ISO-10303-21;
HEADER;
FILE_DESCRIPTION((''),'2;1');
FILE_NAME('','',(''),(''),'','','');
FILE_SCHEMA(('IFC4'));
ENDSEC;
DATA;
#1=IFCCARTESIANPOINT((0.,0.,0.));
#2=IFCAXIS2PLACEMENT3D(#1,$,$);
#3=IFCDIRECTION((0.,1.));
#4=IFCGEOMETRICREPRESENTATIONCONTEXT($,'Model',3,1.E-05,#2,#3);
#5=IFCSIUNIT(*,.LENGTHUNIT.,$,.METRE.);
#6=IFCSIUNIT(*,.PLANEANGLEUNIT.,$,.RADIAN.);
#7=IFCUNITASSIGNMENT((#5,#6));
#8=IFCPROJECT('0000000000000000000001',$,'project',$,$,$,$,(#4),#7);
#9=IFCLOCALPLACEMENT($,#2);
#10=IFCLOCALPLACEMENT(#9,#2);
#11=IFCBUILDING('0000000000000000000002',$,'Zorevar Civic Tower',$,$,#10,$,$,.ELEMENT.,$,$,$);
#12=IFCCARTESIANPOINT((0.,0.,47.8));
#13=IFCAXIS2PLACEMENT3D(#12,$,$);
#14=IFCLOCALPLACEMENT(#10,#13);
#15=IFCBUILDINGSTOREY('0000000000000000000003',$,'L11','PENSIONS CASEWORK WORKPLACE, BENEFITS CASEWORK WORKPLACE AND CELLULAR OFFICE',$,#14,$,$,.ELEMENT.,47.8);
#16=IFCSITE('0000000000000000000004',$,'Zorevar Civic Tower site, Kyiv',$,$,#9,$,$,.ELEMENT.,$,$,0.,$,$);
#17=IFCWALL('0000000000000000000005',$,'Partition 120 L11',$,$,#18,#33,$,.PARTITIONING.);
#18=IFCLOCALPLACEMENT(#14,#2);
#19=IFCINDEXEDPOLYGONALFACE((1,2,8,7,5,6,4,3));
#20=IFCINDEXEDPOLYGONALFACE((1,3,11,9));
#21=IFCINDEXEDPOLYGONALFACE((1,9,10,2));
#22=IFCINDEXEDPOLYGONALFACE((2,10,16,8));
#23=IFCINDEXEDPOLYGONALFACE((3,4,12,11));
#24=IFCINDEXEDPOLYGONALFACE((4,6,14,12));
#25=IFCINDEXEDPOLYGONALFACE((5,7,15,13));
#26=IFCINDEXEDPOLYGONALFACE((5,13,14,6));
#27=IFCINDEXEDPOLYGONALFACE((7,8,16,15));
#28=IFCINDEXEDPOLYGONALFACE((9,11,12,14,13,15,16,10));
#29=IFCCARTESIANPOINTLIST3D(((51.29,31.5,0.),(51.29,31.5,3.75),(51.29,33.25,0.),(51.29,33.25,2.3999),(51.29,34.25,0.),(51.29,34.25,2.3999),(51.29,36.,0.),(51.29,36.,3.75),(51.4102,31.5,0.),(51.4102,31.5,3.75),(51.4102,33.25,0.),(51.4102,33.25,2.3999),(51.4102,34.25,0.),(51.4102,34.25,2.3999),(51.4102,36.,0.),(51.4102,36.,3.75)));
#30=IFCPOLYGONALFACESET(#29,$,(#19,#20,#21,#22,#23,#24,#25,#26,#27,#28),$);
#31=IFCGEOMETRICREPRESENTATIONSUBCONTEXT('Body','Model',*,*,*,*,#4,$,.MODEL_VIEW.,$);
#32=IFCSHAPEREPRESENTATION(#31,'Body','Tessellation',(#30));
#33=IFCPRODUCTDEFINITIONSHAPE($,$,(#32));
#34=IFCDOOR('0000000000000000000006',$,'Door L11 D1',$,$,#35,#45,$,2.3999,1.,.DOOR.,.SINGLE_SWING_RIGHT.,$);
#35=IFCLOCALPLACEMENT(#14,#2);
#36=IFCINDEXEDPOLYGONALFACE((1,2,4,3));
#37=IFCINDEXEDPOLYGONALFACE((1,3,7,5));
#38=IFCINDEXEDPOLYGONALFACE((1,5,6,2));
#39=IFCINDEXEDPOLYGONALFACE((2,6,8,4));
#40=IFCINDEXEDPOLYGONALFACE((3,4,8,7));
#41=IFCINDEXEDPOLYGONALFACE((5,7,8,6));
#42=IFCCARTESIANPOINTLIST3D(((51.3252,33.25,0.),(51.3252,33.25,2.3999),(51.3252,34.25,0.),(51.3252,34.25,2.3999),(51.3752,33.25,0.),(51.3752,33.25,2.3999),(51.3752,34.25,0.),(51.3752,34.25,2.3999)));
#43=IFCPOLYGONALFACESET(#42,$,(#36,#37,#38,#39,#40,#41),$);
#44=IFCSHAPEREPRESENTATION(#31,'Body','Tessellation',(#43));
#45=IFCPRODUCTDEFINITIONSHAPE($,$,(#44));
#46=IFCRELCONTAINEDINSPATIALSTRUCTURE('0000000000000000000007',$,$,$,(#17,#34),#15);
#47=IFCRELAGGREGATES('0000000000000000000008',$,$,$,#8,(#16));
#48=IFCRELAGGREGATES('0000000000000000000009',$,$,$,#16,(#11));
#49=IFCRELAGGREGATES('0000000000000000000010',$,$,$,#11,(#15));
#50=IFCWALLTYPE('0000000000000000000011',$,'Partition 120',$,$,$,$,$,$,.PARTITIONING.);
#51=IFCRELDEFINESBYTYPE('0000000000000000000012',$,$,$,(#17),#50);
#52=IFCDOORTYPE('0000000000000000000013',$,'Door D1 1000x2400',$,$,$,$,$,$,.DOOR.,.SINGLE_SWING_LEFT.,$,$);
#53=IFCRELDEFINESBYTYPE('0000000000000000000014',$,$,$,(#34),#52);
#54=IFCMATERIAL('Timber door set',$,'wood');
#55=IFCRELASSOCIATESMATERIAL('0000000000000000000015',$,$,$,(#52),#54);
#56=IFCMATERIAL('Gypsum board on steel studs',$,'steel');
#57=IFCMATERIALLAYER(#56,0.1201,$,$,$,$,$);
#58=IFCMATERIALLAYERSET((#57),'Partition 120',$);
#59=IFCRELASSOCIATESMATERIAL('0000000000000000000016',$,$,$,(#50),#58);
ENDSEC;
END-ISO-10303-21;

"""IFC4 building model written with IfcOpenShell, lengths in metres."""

from ifc_helpers import new_model, si_unit, direction, frame, frame_2d, origin, place, context, subcontext, project, spatial, rectangle, extrude, material, layer, layer_set, type_object, element, fill, save


model = new_model("IFC4")

# Units and contexts
model_context = context("Model", 3, precision=1e-05, world=origin(), true_north=direction((0.0, 1.0)))
body_context = subcontext(model_context, "Body", "Model", "MODEL_VIEW")
ifc_project = project(units=[si_unit("LENGTHUNIT", "METRE"), si_unit("PLANEANGLEUNIT", "RADIAN")], contexts=[model_context])

# Site, building, storey
site_placement = place(None, origin())
site = spatial("IfcSite", under=ifc_project, at=site_placement, Name="Zorevar Civic Tower site, Kyiv", CompositionType="ELEMENT", RefElevation=0.0)
building_placement = place(site_placement, origin())
building = spatial("IfcBuilding", under=site, at=building_placement, Name="Zorevar Civic Tower", CompositionType="ELEMENT")
storey_placement = place(building_placement, frame((0.0, 0.0, 47.8)))
storey = spatial("IfcBuildingStorey", under=building, at=storey_placement, Name="L11", Description="PENSIONS CASEWORK WORKPLACE, BENEFITS CASEWORK WORKPLACE AND CELLULAR OFFICE", CompositionType="ELEMENT", Elevation=47.8)

# Shared definitions
ifc_material_1 = material(Name="Timber door set", Category="wood")
door_type_1 = type_object("IfcDoorType", Name="Door D1 1000x2400", OperationType="SINGLE_SWING_LEFT", PredefinedType="DOOR", material=ifc_material_1)

# Shared definitions
ifc_material_2 = material(Name="Gypsum board on steel studs", Category="steel")
ifc_layer_1 = layer(ifc_material_2, 0.1201)
ifc_layer_set_1 = layer_set([ifc_layer_1], Name="Partition 120")
wall_type_1 = type_object("IfcWallType", Name="Partition 120", PredefinedType="PARTITIONING", material=ifc_layer_set_1)

# Wall, opening, door
wall_1_placement = place(storey_placement, frame((51.3501, 31.5, 0.0), z_axis=(0.0, 0.0, 1.0), x_axis=(0.0, 1.0, 0.0)))
wall_1 = element("IfcWall", 1, at=wall_1_placement, inside=storey, type_object=wall_type_1, Name="Partition 120 L11", PredefinedType="PARTITIONING", context=body_context, shape_type="SweptSolid", body=[
    extrude(rectangle(XDim=4.5, YDim=0.1201, at=frame_2d((2.25, 0.0))), origin(), (0.0, 0.0, 1.0), 3.75),
])
opening_1_placement = place(wall_1_placement, frame((1.75, 0.0, 0.0)))
opening_1 = element("IfcOpeningElement", 2, at=opening_1_placement, cuts=wall_1, PredefinedType="OPENING", context=body_context, shape_type="SweptSolid", body=[
    extrude(rectangle(XDim=1.0, YDim=2.3999, at=frame_2d((0.5, 1.2))), frame((0.0, 0.0701, 0.0), z_axis=(0.0, -1.0, 0.0), x_axis=(1.0, 0.0, 0.0)), (0.0, 0.0, 1.0), 0.1401),
])
door_1_placement = place(opening_1_placement, origin())
door_1 = element("IfcDoor", 3, at=door_1_placement, inside=storey, type_object=door_type_1, Name="Door L11 D1", OperationType="SINGLE_SWING_RIGHT", OverallHeight=2.3999, OverallWidth=1.0, PredefinedType="DOOR", context=body_context, shape_type="SweptSolid", body=[
    extrude(rectangle(XDim=1.0, YDim=2.3999, at=frame_2d((0.5, 1.2))), frame((0.0, 0.0249, 0.0), z_axis=(0.0, -1.0, 0.0), x_axis=(1.0, 0.0, 0.0)), (0.0, 0.0, 1.0), 0.05),
])
fill(opening_1, door_1)

save(model, "model.ifc")
